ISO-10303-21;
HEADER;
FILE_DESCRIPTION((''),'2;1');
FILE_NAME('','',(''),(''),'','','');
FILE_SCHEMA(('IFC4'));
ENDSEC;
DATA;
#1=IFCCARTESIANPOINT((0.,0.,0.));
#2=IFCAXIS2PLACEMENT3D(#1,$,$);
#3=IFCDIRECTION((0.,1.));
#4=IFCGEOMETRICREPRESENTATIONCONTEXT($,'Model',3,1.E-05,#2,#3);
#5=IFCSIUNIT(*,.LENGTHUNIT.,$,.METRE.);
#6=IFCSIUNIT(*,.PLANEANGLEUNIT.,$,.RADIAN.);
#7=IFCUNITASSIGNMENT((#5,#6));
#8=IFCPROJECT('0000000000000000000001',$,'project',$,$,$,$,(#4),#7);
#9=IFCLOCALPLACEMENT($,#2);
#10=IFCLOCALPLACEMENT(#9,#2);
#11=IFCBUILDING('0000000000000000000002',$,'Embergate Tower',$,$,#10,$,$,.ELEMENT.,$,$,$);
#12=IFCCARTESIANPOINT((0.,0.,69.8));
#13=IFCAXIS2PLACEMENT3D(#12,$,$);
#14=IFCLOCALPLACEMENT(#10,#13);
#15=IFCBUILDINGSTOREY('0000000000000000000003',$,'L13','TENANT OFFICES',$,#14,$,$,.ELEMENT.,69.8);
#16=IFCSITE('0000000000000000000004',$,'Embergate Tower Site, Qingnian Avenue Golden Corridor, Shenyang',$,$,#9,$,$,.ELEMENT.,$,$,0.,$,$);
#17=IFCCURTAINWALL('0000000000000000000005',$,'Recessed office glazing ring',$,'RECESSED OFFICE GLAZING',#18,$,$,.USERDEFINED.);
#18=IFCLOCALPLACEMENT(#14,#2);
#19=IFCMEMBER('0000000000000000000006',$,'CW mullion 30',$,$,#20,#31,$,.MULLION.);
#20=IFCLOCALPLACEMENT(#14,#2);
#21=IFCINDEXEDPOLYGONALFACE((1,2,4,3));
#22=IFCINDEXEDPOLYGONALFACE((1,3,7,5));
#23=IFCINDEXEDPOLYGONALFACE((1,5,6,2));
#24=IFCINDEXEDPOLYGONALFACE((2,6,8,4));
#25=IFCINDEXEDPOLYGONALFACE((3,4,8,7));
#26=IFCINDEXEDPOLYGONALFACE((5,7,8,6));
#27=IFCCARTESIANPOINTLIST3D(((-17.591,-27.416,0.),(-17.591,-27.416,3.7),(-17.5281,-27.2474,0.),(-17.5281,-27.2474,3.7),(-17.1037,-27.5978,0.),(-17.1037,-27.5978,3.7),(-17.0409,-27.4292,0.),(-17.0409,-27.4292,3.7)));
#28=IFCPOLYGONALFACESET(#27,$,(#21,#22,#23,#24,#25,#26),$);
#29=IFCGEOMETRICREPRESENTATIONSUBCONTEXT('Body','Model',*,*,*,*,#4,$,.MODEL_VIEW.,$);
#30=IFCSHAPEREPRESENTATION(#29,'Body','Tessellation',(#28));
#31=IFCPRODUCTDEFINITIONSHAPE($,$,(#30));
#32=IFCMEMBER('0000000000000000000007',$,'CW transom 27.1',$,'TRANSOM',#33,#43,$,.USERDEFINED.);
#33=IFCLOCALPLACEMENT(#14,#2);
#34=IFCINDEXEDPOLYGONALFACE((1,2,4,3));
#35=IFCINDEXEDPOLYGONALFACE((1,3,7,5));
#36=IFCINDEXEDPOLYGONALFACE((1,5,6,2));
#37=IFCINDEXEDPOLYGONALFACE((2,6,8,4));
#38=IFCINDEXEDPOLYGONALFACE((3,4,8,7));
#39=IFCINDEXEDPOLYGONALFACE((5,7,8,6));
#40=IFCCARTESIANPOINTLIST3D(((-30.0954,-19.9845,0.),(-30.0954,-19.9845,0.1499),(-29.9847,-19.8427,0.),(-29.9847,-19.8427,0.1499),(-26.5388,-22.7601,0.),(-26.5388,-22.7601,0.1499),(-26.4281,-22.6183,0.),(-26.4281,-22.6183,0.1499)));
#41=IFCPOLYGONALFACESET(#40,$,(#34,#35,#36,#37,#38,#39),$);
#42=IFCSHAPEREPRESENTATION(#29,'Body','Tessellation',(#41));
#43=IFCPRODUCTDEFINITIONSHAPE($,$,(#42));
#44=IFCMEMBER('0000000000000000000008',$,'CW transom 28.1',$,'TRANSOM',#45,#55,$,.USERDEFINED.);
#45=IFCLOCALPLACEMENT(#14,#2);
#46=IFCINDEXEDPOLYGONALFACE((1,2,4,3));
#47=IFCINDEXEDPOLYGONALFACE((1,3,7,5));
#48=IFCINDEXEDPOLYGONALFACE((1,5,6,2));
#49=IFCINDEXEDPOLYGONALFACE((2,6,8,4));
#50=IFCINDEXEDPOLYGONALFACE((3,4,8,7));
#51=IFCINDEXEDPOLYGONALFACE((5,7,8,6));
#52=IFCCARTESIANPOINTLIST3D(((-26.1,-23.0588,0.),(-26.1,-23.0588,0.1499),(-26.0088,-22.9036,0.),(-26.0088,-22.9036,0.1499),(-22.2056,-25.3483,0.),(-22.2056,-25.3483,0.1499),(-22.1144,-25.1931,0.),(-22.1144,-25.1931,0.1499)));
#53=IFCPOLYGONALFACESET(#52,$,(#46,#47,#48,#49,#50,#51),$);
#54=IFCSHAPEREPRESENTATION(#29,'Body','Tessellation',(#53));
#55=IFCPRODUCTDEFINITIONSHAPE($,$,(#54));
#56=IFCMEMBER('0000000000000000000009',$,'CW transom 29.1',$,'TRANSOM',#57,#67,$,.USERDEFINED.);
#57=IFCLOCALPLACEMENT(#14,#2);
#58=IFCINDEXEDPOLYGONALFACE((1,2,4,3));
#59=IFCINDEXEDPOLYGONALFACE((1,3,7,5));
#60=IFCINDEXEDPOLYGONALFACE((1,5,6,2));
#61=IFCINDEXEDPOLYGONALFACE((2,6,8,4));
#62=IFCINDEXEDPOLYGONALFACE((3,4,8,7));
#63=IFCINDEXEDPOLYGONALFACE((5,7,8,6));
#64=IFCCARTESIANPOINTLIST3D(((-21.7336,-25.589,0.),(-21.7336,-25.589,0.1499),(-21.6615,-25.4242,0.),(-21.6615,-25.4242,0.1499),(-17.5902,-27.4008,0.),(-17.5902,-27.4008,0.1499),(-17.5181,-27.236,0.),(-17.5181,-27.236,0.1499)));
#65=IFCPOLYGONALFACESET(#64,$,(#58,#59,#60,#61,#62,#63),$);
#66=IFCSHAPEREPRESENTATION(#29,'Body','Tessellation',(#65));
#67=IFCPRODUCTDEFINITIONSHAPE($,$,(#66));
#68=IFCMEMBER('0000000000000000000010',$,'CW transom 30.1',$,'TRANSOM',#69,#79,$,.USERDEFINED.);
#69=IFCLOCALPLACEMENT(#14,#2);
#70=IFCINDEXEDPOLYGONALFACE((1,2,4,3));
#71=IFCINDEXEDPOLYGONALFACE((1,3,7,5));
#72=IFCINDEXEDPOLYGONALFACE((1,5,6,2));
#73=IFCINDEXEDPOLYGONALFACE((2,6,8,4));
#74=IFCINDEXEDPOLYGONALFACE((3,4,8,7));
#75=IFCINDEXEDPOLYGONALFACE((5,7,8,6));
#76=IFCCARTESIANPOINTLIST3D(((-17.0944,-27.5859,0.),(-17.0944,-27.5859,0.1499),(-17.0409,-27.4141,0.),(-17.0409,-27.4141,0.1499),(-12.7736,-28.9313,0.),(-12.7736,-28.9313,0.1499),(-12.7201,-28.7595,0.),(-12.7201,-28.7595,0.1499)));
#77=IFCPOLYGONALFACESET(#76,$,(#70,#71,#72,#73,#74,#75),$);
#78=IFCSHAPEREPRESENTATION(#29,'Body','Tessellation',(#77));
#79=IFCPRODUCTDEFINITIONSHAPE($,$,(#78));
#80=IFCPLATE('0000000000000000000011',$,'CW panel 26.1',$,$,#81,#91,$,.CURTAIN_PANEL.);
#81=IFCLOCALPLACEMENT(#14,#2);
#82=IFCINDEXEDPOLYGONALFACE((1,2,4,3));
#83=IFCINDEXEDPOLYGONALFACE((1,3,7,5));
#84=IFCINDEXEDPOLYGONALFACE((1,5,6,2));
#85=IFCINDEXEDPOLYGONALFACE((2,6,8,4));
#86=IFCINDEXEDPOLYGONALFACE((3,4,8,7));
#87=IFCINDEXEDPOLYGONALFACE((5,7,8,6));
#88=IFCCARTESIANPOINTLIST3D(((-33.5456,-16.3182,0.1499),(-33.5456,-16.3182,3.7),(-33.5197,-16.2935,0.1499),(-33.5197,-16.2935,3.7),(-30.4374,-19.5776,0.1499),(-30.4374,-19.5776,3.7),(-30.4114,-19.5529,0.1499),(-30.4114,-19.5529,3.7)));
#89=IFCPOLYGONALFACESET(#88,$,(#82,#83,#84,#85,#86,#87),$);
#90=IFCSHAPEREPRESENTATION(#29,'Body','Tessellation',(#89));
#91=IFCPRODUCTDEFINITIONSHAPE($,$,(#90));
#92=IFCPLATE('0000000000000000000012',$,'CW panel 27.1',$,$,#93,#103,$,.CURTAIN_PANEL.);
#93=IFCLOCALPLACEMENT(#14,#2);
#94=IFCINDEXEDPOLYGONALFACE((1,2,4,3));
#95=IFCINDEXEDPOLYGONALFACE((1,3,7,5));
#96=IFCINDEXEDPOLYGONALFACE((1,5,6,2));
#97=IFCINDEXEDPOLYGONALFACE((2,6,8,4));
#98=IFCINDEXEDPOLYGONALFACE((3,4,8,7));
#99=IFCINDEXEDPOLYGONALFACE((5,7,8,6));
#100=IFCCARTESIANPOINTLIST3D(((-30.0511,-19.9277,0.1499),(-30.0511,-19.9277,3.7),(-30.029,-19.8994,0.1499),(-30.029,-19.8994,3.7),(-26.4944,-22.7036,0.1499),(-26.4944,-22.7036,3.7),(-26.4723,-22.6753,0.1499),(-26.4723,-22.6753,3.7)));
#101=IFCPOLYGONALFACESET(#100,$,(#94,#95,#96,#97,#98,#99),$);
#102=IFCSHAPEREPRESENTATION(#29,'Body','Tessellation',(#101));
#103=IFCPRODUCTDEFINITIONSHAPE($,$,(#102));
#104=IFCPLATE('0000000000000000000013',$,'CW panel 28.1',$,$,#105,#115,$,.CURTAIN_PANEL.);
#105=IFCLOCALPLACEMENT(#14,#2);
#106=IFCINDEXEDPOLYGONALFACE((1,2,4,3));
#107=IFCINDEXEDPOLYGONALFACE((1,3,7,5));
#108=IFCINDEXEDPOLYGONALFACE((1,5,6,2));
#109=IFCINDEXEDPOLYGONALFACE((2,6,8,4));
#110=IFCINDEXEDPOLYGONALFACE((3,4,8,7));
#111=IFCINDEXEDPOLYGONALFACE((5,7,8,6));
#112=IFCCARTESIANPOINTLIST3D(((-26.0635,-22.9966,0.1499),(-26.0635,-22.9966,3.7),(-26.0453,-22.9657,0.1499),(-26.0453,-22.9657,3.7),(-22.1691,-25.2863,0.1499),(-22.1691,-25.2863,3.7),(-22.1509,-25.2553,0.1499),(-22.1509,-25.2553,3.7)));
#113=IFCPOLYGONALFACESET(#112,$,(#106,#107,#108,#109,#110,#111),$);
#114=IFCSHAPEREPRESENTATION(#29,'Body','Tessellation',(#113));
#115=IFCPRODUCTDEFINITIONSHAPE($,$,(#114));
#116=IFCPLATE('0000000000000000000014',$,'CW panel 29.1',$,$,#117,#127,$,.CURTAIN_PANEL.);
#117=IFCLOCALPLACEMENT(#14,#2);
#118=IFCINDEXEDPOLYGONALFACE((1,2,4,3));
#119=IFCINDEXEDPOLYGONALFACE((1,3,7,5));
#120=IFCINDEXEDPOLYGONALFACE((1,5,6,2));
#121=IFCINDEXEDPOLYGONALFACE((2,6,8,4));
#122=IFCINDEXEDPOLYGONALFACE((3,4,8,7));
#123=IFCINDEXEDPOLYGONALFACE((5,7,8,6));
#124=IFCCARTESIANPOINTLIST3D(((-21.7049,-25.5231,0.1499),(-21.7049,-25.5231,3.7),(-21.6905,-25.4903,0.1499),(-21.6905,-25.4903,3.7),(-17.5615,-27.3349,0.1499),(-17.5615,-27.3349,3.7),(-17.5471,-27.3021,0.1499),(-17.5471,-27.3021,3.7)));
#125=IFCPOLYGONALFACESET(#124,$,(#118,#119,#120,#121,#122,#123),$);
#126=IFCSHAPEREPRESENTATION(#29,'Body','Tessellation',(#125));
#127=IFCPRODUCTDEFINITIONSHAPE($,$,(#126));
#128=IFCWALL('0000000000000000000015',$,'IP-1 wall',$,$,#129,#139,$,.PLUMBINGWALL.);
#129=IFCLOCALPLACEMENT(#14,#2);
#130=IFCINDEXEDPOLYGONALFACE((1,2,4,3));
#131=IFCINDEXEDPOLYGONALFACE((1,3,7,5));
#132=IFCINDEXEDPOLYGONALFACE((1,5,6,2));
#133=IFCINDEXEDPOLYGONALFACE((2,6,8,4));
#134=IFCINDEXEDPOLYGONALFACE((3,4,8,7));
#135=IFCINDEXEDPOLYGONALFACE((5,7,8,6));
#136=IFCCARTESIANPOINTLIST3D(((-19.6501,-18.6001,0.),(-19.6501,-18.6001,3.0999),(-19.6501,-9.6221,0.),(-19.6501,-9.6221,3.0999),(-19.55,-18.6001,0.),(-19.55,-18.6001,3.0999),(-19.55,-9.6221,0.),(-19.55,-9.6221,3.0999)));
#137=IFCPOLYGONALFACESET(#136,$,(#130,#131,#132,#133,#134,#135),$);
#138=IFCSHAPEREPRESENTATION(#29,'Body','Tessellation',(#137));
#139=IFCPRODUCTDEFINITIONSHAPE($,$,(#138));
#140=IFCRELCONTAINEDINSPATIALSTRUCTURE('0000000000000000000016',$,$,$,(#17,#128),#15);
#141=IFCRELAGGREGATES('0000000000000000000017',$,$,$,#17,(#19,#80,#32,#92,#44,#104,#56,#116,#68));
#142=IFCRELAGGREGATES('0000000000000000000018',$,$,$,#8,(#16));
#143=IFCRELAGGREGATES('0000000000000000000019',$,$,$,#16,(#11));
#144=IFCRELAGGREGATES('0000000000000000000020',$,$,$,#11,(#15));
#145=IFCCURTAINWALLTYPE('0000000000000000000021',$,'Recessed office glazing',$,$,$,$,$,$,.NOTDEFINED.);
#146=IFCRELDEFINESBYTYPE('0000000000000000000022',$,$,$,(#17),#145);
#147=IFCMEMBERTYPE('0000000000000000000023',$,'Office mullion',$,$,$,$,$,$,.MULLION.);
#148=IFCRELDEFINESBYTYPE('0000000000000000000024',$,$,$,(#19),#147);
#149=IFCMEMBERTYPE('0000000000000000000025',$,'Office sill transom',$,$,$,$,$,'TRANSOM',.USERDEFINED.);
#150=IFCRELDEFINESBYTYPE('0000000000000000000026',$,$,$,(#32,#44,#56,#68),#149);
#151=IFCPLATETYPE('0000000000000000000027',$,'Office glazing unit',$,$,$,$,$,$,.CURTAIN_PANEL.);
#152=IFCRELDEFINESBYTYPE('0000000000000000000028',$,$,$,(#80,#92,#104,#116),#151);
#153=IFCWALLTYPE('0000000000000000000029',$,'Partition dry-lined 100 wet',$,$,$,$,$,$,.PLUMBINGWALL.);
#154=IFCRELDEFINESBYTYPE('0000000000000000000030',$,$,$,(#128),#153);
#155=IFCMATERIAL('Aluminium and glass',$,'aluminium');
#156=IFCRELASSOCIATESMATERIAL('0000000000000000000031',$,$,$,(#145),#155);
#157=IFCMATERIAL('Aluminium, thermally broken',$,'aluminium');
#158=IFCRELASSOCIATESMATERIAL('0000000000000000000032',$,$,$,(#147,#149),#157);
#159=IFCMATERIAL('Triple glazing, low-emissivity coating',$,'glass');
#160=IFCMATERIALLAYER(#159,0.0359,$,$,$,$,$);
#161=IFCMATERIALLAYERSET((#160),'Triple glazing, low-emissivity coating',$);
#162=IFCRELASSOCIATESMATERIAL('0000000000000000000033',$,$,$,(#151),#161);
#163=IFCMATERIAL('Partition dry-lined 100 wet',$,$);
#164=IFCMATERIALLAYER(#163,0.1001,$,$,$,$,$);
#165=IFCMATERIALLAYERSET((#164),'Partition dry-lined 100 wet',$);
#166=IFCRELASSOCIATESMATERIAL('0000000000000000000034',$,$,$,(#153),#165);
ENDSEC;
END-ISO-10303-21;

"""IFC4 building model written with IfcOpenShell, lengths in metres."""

from ifc_helpers import new_model, si_unit, direction, frame, frame_2d, origin, origin_2d, place, context, subcontext, project, spatial, rectangle, extrude, source, transform, mapped, material, layer, layer_set, material_profile, profile_set, type_object, element, aggregate, save


model = new_model("IFC4")

# Units and contexts
model_context = context("Model", 3, precision=1e-05, world=origin(), true_north=direction((0.0, 1.0)))
body_context = subcontext(model_context, "Body", "Model", "MODEL_VIEW")
ifc_project = project(units=[si_unit("LENGTHUNIT", "METRE"), si_unit("PLANEANGLEUNIT", "RADIAN")], contexts=[model_context])

# Site, building, storey
site_placement = place(None, origin())
site = spatial("IfcSite", under=ifc_project, at=site_placement, Name="Embergate Tower Site, Qingnian Avenue Golden Corridor, Shenyang", CompositionType="ELEMENT", RefElevation=0.0)
building_placement = place(site_placement, origin())
building = spatial("IfcBuilding", under=site, at=building_placement, Name="Embergate Tower", CompositionType="ELEMENT")
storey_placement = place(building_placement, frame((0.0, 0.0, 69.8)))
storey = spatial("IfcBuildingStorey", under=building, at=storey_placement, Name="L13", Description="TENANT OFFICES", CompositionType="ELEMENT", Elevation=69.8)

# Curtain wall, members, plates
ifc_material_1 = material(Name="Aluminium and glass", Category="aluminium")
curtain_wall_type = type_object("IfcCurtainWallType", Name="Recessed office glazing", PredefinedType="NOTDEFINED", material=ifc_material_1)
curtain_wall_placement = place(storey_placement, origin())
curtain_wall = element("IfcCurtainWall", 1, at=curtain_wall_placement, inside=storey, type_object=curtain_wall_type, Name="Recessed office glazing ring", ObjectType="RECESSED OFFICE GLAZING", PredefinedType="USERDEFINED")
ifc_material_2 = material(Name="Aluminium, thermally broken", Category="aluminium")
ifc_material_profile_1 = material_profile(ifc_material_2, rectangle(XDim=0.1799, YDim=0.52, at=origin_2d()), Name="AL 520x180")
ifc_profile_set_1 = profile_set([ifc_material_profile_1], Name="Aluminium, thermally broken")
member_type_1 = type_object("IfcMemberType", Name="Office mullion", PredefinedType="MULLION", material=ifc_profile_set_1)
shared_shape_1 = source(origin(), body_context, "Body", "SweptSolid", [
    extrude(rectangle(XDim=0.1799, YDim=0.52, at=origin_2d()), origin(), (0.0, 0.0, 1.0), 3.7),
])
member_1_placement = place(storey_placement, frame((-17.3159, -27.4226, 0.0), z_axis=(0.0, 0.0, 1.0), x_axis=(0.349508, 0.936934, 0.0)))
member_1 = element("IfcMember", 2, at=member_1_placement, type_object=member_type_1, Name="CW mullion 30", PredefinedType="MULLION", context=body_context, shape_type="MappedRepresentation", body=[
    mapped(shared_shape_1, transform((0.0, 0.0, 0.0))),
])
ifc_material_profile_2 = material_profile(ifc_material_2, rectangle(XDim=0.1799, YDim=0.1499, at=origin_2d()), Name="AL 150x180")
ifc_profile_set_2 = profile_set([ifc_material_profile_2], Name="Aluminium, thermally broken")
member_type_2 = type_object("IfcMemberType", Name="Office sill transom", ElementType="TRANSOM", PredefinedType="USERDEFINED", material=ifc_profile_set_2)
shared_shape_2 = source(origin(), body_context, "Body", "SweptSolid", [
    extrude(rectangle(XDim=0.1799, YDim=0.1499, at=origin_2d()), origin(), (0.0, 0.0, 1.0), 4.5115),
])
member_2_placement = place(storey_placement, frame((-30.04, -19.9136, 0.075), z_axis=(0.788346, -0.615232, 0.0), x_axis=(0.615232, 0.788346, 0.0)))
member_2 = element("IfcMember", 3, at=member_2_placement, type_object=member_type_2, Name="CW transom 27.1", ObjectType="TRANSOM", PredefinedType="USERDEFINED", context=body_context, shape_type="MappedRepresentation", body=[
    mapped(shared_shape_2, transform((0.0, 0.0, 0.0))),
])
shared_shape_3 = source(origin(), body_context, "Body", "SweptSolid", [
    extrude(rectangle(XDim=0.1799, YDim=0.1499, at=origin_2d()), origin(), (0.0, 0.0, 1.0), 4.5176),
])
member_3_placement = place(storey_placement, frame((-26.0544, -22.9812, 0.075), z_axis=(0.862065, -0.506798, 0.0), x_axis=(0.506798, 0.862065, 0.0)))
member_3 = element("IfcMember", 4, at=member_3_placement, type_object=member_type_2, Name="CW transom 28.1", ObjectType="TRANSOM", PredefinedType="USERDEFINED", context=body_context, shape_type="MappedRepresentation", body=[
    mapped(shared_shape_3, transform((0.0, 0.0, 0.0))),
])
shared_shape_4 = source(origin(), body_context, "Body", "SweptSolid", [
    extrude(rectangle(XDim=0.1799, YDim=0.1499, at=origin_2d()), origin(), (0.0, 0.0, 1.0), 4.5222),
])
member_4_placement = place(storey_placement, frame((-21.6975, -25.5066, 0.075), z_axis=(0.916233, -0.400646, 0.0), x_axis=(0.400646, 0.916233, 0.0)))
member_4 = element("IfcMember", 5, at=member_4_placement, type_object=member_type_2, Name="CW transom 29.1", ObjectType="TRANSOM", PredefinedType="USERDEFINED", context=body_context, shape_type="MappedRepresentation", body=[
    mapped(shared_shape_4, transform((0.0, 0.0, 0.0))),
])
shared_shape_5 = source(origin(), body_context, "Body", "SweptSolid", [
    extrude(rectangle(XDim=0.1799, YDim=0.1499, at=origin_2d()), origin(), (0.0, 0.0, 1.0), 4.5254),
])
member_5_placement = place(storey_placement, frame((-17.0676, -27.5, 0.075), z_axis=(0.954781, -0.29731, 0.0), x_axis=(0.29731, 0.954781, 0.0)))
member_5 = element("IfcMember", 6, at=member_5_placement, type_object=member_type_2, Name="CW transom 30.1", ObjectType="TRANSOM", PredefinedType="USERDEFINED", context=body_context, shape_type="MappedRepresentation", body=[
    mapped(shared_shape_5, transform((0.0, 0.0, 0.0))),
])
ifc_material_3 = material(Name="Triple glazing, low-emissivity coating", Category="glass")
ifc_layer_1 = layer(ifc_material_3, 0.0359)
ifc_layer_set_1 = layer_set([ifc_layer_1], Name="Triple glazing, low-emissivity coating")
plate_type = type_object("IfcPlateType", Name="Office glazing unit", PredefinedType="CURTAIN_PANEL", material=ifc_layer_set_1)
shared_shape_6 = source(origin(), body_context, "Body", "SweptSolid", [
    extrude(rectangle(XDim=4.5039, YDim=0.0359, at=origin_2d()), origin(), (0.0, 0.0, 1.0), 3.55),
])
plate_1_placement = place(storey_placement, frame((-31.9785, -17.9355, 0.1499), z_axis=(0.0, 0.0, 1.0), x_axis=(0.69013, -0.723685, 0.0)))
plate_1 = element("IfcPlate", 7, at=plate_1_placement, type_object=plate_type, Name="CW panel 26.1", PredefinedType="CURTAIN_PANEL", context=body_context, shape_type="MappedRepresentation", body=[
    mapped(shared_shape_6, transform((0.0, 0.0, 0.0))),
])
shared_shape_7 = source(origin(), body_context, "Body", "SweptSolid", [
    extrude(rectangle(XDim=4.5117, YDim=0.0359, at=origin_2d()), origin(), (0.0, 0.0, 1.0), 3.55),
])
plate_2_placement = place(storey_placement, frame((-28.2617, -21.3015, 0.1499), z_axis=(0.0, 0.0, 1.0), x_axis=(0.788317, -0.615269, 0.0)))
plate_2 = element("IfcPlate", 8, at=plate_2_placement, type_object=plate_type, Name="CW panel 27.1", PredefinedType="CURTAIN_PANEL", context=body_context, shape_type="MappedRepresentation", body=[
    mapped(shared_shape_7, transform((0.0, 0.0, 0.0))),
])
shared_shape_8 = source(origin(), body_context, "Body", "SweptSolid", [
    extrude(rectangle(XDim=4.5176, YDim=0.0359, at=origin_2d()), origin(), (0.0, 0.0, 1.0), 3.55),
])
plate_3_placement = place(storey_placement, frame((-24.1072, -24.126, 0.1499), z_axis=(0.0, 0.0, 1.0), x_axis=(0.862051, -0.506822, 0.0)))
plate_3 = element("IfcPlate", 9, at=plate_3_placement, type_object=plate_type, Name="CW panel 28.1", PredefinedType="CURTAIN_PANEL", context=body_context, shape_type="MappedRepresentation", body=[
    mapped(shared_shape_8, transform((0.0, 0.0, 0.0))),
])
shared_shape_9 = source(origin(), body_context, "Body", "SweptSolid", [
    extrude(rectangle(XDim=4.5222, YDim=0.0359, at=origin_2d()), origin(), (0.0, 0.0, 1.0), 3.55),
])
plate_4_placement = place(storey_placement, frame((-19.626, -26.4126, 0.1499), z_axis=(0.0, 0.0, 1.0), x_axis=(0.916234, -0.400643, 0.0)))
plate_4 = element("IfcPlate", 10, at=plate_4_placement, type_object=plate_type, Name="CW panel 29.1", PredefinedType="CURTAIN_PANEL", context=body_context, shape_type="MappedRepresentation", body=[
    mapped(shared_shape_9, transform((0.0, 0.0, 0.0))),
])
aggregate(curtain_wall, [member_1, plate_1, member_2, plate_2, member_3, plate_3, member_4, plate_4, member_5])

# Wall
ifc_material_4 = material(Name="Partition dry-lined 100 wet")
ifc_layer_2 = layer(ifc_material_4, 0.1001)
ifc_layer_set_2 = layer_set([ifc_layer_2], Name="Partition dry-lined 100 wet")
wall_type = type_object("IfcWallType", Name="Partition dry-lined 100 wet", PredefinedType="PLUMBINGWALL", material=ifc_layer_set_2)
shared_shape_10 = source(origin(), body_context, "Body", "SweptSolid", [
    extrude(rectangle(XDim=8.978, YDim=0.1001, at=frame_2d((4.489, 0.0))), origin(), (0.0, 0.0, 1.0), 3.0999),
])
wall_placement = place(storey_placement, frame((-19.6001, -18.6001, 0.0), z_axis=(0.0, 0.0, 1.0), x_axis=(0.0, 1.0, 0.0)))
element("IfcWall", 11, at=wall_placement, inside=storey, type_object=wall_type, Name="IP-1 wall", PredefinedType="PLUMBINGWALL", context=body_context, shape_type="MappedRepresentation", body=[
    mapped(shared_shape_10, transform((0.0, 0.0, 0.0))),
])

save(model, "model.ifc")
